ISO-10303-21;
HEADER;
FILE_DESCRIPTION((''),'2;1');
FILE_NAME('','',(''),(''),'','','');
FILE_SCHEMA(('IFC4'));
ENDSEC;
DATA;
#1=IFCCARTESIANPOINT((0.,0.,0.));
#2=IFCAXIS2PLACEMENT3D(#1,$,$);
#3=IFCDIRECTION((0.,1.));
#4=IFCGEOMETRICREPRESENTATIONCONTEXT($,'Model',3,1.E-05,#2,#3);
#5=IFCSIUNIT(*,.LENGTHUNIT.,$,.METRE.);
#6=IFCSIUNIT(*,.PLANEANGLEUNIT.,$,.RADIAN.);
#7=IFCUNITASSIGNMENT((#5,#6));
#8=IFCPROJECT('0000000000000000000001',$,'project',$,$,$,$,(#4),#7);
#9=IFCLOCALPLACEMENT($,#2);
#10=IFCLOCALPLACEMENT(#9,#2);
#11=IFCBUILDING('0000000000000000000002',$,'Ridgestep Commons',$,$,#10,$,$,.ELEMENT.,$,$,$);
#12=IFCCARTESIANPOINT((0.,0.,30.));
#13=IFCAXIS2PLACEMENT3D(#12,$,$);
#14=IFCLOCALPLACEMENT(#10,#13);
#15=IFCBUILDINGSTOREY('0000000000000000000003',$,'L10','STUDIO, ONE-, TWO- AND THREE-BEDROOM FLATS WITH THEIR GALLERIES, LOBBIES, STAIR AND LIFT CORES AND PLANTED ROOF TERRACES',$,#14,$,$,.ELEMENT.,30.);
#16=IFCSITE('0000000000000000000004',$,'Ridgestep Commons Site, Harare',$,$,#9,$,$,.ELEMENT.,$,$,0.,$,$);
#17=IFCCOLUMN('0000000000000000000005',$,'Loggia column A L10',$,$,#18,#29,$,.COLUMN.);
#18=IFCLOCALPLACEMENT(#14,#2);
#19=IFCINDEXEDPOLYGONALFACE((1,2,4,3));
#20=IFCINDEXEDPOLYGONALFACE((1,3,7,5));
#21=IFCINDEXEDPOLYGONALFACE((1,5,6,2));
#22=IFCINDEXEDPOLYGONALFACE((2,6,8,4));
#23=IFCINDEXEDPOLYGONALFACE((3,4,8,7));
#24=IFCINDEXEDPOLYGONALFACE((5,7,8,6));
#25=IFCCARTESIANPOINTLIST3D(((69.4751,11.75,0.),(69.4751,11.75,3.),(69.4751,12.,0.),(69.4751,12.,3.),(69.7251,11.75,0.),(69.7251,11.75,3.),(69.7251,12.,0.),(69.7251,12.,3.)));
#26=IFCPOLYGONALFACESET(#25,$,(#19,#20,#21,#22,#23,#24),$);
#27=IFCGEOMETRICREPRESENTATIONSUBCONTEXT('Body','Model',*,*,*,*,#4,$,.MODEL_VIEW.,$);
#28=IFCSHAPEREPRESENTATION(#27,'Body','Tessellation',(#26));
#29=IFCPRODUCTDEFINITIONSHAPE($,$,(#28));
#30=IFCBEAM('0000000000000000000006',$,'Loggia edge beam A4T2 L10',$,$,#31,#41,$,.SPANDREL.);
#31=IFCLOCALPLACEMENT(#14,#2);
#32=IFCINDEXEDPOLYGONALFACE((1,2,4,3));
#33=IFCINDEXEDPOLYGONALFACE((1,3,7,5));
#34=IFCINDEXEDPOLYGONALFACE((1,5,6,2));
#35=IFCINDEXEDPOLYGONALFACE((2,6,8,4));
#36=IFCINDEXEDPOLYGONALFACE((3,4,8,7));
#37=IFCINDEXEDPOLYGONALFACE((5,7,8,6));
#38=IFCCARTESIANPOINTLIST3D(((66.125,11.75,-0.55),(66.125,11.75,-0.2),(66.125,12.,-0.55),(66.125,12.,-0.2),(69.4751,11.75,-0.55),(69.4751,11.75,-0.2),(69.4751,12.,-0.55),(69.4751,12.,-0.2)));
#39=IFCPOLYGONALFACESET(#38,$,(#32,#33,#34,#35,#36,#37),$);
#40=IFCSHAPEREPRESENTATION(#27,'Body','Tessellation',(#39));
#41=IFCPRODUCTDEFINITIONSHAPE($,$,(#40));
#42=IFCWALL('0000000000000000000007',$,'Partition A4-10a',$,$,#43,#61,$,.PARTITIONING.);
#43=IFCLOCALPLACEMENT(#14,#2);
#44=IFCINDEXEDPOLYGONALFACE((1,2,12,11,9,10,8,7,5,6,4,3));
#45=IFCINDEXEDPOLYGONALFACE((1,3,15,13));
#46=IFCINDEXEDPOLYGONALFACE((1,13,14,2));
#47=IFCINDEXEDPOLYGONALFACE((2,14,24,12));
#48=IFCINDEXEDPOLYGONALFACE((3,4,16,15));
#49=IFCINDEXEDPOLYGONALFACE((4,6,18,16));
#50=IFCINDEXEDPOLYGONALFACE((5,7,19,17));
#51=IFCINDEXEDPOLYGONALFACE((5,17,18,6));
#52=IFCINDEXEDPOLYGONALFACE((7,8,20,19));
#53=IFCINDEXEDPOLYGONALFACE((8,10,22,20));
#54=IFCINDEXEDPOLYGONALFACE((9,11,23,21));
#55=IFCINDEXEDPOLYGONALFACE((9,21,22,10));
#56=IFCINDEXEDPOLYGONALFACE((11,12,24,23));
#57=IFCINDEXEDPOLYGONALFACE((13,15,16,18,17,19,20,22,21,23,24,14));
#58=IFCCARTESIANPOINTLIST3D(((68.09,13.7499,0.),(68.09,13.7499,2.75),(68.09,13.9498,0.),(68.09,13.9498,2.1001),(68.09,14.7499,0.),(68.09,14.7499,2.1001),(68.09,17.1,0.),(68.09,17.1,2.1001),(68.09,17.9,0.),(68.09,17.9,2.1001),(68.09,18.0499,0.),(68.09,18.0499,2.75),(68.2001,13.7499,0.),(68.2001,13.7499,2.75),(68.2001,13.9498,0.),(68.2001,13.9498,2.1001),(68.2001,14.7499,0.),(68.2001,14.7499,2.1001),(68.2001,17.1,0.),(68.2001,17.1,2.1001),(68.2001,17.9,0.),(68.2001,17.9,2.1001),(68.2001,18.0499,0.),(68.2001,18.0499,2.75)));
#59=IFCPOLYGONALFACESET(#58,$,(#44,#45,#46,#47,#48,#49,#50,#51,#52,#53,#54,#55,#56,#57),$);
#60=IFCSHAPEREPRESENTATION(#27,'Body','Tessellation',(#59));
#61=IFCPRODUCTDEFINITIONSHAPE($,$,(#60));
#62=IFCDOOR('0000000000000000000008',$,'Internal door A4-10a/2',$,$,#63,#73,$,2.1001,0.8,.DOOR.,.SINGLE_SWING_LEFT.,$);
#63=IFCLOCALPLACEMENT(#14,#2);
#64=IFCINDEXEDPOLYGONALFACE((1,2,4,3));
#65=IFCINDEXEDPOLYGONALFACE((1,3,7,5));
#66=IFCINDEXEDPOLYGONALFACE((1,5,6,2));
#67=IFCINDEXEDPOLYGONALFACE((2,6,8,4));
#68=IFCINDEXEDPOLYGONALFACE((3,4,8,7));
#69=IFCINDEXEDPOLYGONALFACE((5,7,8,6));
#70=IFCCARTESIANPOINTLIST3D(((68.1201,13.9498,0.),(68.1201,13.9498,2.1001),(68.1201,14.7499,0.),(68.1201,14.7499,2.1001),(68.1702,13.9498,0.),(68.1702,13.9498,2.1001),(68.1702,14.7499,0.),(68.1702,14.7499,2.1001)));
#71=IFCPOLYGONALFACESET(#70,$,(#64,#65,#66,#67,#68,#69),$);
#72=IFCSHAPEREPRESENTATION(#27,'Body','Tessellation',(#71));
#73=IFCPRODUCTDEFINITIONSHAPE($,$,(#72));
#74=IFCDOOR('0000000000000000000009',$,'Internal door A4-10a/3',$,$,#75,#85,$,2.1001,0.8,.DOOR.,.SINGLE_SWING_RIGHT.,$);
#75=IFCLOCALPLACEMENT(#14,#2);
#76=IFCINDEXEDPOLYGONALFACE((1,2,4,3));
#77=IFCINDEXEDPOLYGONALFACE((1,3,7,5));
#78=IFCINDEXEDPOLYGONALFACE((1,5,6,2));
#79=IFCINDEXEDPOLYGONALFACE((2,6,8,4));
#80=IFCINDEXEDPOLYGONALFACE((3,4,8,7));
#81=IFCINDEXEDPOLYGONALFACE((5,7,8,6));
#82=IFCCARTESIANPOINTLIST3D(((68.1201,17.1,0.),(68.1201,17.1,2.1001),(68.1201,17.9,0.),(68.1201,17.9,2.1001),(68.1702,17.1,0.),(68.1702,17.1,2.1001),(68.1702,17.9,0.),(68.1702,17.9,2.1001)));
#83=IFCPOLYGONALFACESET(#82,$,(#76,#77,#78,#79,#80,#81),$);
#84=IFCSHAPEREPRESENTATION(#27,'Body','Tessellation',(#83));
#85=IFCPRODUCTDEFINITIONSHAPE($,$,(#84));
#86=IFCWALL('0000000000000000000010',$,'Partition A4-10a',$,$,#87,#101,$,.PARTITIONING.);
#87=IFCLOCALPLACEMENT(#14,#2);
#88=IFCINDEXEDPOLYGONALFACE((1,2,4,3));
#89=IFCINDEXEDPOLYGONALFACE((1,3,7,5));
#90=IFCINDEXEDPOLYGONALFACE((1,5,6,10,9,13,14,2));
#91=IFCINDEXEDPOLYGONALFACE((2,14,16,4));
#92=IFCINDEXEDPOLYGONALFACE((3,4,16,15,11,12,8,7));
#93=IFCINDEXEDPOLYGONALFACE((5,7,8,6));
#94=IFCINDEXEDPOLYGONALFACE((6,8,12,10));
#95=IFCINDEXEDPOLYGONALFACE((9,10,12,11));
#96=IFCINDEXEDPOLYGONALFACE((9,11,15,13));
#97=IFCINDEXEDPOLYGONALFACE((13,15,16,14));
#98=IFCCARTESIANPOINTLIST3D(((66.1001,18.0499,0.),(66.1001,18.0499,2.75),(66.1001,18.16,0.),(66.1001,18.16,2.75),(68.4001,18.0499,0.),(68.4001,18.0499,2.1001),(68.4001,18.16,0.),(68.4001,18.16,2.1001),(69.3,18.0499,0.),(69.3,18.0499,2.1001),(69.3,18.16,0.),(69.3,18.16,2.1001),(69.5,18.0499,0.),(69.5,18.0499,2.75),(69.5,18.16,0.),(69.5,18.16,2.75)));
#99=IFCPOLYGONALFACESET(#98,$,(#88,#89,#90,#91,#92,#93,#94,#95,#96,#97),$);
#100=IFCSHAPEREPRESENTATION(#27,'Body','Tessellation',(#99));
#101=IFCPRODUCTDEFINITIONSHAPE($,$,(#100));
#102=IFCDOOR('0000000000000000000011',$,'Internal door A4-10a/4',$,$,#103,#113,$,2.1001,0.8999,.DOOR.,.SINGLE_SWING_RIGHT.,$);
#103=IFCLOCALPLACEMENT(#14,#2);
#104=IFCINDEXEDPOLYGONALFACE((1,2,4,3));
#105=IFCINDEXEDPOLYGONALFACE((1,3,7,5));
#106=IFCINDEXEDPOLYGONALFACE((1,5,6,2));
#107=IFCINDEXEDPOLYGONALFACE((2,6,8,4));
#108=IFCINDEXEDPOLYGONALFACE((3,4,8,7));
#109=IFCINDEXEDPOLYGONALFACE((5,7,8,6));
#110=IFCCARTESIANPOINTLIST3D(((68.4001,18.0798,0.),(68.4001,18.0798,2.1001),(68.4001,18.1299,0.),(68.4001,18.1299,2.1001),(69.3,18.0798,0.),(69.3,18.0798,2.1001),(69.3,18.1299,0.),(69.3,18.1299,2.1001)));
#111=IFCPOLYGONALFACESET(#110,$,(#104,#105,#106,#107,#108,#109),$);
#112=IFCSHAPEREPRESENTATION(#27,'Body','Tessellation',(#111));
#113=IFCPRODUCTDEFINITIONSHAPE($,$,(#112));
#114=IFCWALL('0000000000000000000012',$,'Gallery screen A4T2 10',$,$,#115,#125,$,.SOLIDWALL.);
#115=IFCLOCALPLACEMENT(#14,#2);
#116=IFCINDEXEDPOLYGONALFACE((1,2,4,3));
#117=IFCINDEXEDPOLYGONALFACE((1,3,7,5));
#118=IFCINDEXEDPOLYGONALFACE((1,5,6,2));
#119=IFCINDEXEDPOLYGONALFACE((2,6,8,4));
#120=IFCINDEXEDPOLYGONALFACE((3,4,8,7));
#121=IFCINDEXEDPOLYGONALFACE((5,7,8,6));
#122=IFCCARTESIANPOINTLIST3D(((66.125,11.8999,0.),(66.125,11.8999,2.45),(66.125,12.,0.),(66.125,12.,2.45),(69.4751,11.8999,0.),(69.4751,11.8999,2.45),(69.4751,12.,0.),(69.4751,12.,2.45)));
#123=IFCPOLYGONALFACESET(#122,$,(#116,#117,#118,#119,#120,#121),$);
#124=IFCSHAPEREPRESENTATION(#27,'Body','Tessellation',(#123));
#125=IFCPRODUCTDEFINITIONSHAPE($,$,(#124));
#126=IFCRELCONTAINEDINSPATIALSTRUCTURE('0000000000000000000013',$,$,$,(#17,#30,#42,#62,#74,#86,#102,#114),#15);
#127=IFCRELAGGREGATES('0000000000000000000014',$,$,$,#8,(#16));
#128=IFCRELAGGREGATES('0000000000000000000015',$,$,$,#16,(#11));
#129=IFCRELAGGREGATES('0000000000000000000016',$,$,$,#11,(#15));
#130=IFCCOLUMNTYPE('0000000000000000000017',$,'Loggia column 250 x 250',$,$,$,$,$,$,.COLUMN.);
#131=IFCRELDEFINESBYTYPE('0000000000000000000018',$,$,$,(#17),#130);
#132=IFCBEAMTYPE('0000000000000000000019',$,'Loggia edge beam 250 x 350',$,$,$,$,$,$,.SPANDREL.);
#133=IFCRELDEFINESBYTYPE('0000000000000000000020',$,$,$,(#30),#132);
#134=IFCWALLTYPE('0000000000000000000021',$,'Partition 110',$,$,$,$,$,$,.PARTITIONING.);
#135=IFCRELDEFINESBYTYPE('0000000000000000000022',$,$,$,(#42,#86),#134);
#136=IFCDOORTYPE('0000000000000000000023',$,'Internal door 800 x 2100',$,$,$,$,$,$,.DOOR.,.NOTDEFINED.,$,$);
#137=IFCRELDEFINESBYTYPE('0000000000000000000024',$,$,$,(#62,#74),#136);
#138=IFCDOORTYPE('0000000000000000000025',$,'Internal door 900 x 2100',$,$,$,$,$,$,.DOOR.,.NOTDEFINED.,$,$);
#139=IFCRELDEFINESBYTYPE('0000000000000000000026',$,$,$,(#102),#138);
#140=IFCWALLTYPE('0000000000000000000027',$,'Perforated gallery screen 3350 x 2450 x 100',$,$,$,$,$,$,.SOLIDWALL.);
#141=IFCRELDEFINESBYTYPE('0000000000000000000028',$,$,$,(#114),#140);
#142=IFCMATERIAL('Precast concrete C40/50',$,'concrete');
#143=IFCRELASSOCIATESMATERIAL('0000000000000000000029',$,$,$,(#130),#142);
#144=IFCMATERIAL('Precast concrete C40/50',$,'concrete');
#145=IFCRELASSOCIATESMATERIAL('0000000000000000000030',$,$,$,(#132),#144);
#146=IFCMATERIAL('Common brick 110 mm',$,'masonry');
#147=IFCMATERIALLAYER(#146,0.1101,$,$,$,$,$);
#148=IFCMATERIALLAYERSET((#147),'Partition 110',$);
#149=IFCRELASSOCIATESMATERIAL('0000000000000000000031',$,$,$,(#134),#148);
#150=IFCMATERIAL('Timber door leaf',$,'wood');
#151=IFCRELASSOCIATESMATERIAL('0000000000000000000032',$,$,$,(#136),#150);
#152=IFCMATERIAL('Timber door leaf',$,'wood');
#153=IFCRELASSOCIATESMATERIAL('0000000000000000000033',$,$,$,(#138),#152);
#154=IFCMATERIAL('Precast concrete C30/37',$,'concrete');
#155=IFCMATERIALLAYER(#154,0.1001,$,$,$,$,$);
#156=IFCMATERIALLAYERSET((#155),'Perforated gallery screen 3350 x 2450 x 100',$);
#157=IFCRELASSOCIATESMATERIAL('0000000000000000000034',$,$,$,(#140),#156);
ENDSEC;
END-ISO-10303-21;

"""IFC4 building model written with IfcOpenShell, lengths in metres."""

from ifc_helpers import new_model, si_unit, direction, frame, frame_2d, origin, origin_2d, place, context, subcontext, project, spatial, rectangle, extrude, material, layer, layer_set, material_profile, profile_set, type_object, element, fill, save


model = new_model("IFC4")

# Units and contexts
model_context = context("Model", 3, precision=1e-05, world=origin(), true_north=direction((0.0, 1.0)))
body_context = subcontext(model_context, "Body", "Model", "MODEL_VIEW")
ifc_project = project(units=[si_unit("LENGTHUNIT", "METRE"), si_unit("PLANEANGLEUNIT", "RADIAN")], contexts=[model_context])

# Site, building, storey
site_placement = place(None, origin())
site = spatial("IfcSite", under=ifc_project, at=site_placement, Name="Ridgestep Commons Site, Harare", CompositionType="ELEMENT", RefElevation=0.0)
building_placement = place(site_placement, origin())
building = spatial("IfcBuilding", under=site, at=building_placement, Name="Ridgestep Commons", CompositionType="ELEMENT")
storey_placement = place(building_placement, frame((0.0, 0.0, 30.0)))
storey = spatial("IfcBuildingStorey", under=building, at=storey_placement, Name="L10", Description="STUDIO, ONE-, TWO- AND THREE-BEDROOM FLATS WITH THEIR GALLERIES, LOBBIES, STAIR AND LIFT CORES AND PLANTED ROOF TERRACES", CompositionType="ELEMENT", Elevation=30.0)

# Column
ifc_material_1 = material(Name="Precast concrete C40/50", Category="concrete")
ifc_material_profile_1 = material_profile(ifc_material_1, rectangle(XDim=0.25, YDim=0.25, at=origin_2d()), Name="PC 250x250")
ifc_profile_set_1 = profile_set([ifc_material_profile_1], Name="Precast concrete C40/50")
column_type = type_object("IfcColumnType", Name="Loggia column 250 x 250", PredefinedType="COLUMN", material=ifc_profile_set_1)
column_placement = place(storey_placement, frame((69.6001, 11.875, 0.0), z_axis=(0.0, 0.0, 1.0), x_axis=(1.0, 0.0, 0.0)))
element("IfcColumn", 1, at=column_placement, inside=storey, type_object=column_type, Name="Loggia column A L10", PredefinedType="COLUMN", context=body_context, shape_type="SweptSolid", body=[
    extrude(rectangle(XDim=0.25, YDim=0.25, at=origin_2d()), origin(), (0.0, 0.0, 1.0), 3.0),
])

# Beam
ifc_material_2 = material(Name="Precast concrete C40/50", Category="concrete")
ifc_material_profile_2 = material_profile(ifc_material_2, rectangle(XDim=0.25, YDim=0.3501, at=origin_2d()), Name="PC 250x350")
ifc_profile_set_2 = profile_set([ifc_material_profile_2], Name="Precast concrete C40/50")
beam_type = type_object("IfcBeamType", Name="Loggia edge beam 250 x 350", PredefinedType="SPANDREL", material=ifc_profile_set_2)
beam_placement = place(storey_placement, frame((66.125, 11.875, -0.375), z_axis=(1.0, 0.0, 0.0), x_axis=(0.0, 1.0, 0.0)))
element("IfcBeam", 2, at=beam_placement, inside=storey, type_object=beam_type, Name="Loggia edge beam A4T2 L10", PredefinedType="SPANDREL", context=body_context, shape_type="SweptSolid", body=[
    extrude(rectangle(XDim=0.25, YDim=0.3501, at=origin_2d()), origin(), (0.0, 0.0, 1.0), 3.3501),
])

# Wall, openings, doors
ifc_material_3 = material(Name="Common brick 110 mm", Category="masonry")
ifc_layer_1 = layer(ifc_material_3, 0.1101)
ifc_layer_set_1 = layer_set([ifc_layer_1], Name="Partition 110")
wall_type_1 = type_object("IfcWallType", Name="Partition 110", PredefinedType="PARTITIONING", material=ifc_layer_set_1)
wall_1_placement = place(storey_placement, frame((68.145, 13.75, 0.0), z_axis=(0.0, 0.0, 1.0), x_axis=(0.0, 1.0, 0.0)))
wall_1 = element("IfcWall", 3, at=wall_1_placement, inside=storey, type_object=wall_type_1, Name="Partition A4-10a", PredefinedType="PARTITIONING", context=body_context, shape_type="SweptSolid", body=[
    extrude(rectangle(XDim=4.3, YDim=0.1101, at=frame_2d((2.1499, 0.0))), origin(), (0.0, 0.0, 1.0), 2.75),
])
opening_1_placement = place(wall_1_placement, frame((0.2, 0.0, 0.0)))
opening_1 = element("IfcOpeningElement", 4, at=opening_1_placement, cuts=wall_1, PredefinedType="OPENING", context=body_context, shape_type="SweptSolid", body=[
    extrude(rectangle(XDim=0.8, YDim=2.1001, at=frame_2d((0.3999, 1.05))), frame((0.0, 0.0649, 0.0), z_axis=(0.0, -1.0, 0.0), x_axis=(1.0, 0.0, 0.0)), (0.0, 0.0, 1.0), 0.1301),
])
opening_2_placement = place(wall_1_placement, frame((3.3501, 0.0, 0.0)))
opening_2 = element("IfcOpeningElement", 5, at=opening_2_placement, cuts=wall_1, PredefinedType="OPENING", context=body_context, shape_type="SweptSolid", body=[
    extrude(rectangle(XDim=0.8, YDim=2.1001, at=frame_2d((0.3999, 1.05))), frame((0.0, 0.0649, 0.0), z_axis=(0.0, -1.0, 0.0), x_axis=(1.0, 0.0, 0.0)), (0.0, 0.0, 1.0), 0.1301),
])
ifc_material_4 = material(Name="Timber door leaf", Category="wood")
door_type_1 = type_object("IfcDoorType", Name="Internal door 800 x 2100", OperationType="NOTDEFINED", PredefinedType="DOOR", material=ifc_material_4)
door_1_placement = place(opening_1_placement, origin())
door_1 = element("IfcDoor", 6, at=door_1_placement, inside=storey, type_object=door_type_1, Name="Internal door A4-10a/2", OperationType="SINGLE_SWING_LEFT", OverallHeight=2.1001, OverallWidth=0.8, PredefinedType="DOOR", context=body_context, shape_type="SweptSolid", body=[
    extrude(rectangle(XDim=0.8, YDim=2.1001, at=frame_2d((0.3999, 1.05))), frame((0.0, 0.0249, 0.0), z_axis=(0.0, -1.0, 0.0), x_axis=(1.0, 0.0, 0.0)), (0.0, 0.0, 1.0), 0.05),
])
fill(opening_1, door_1)
door_2_placement = place(opening_2_placement, origin())
door_2 = element("IfcDoor", 7, at=door_2_placement, inside=storey, type_object=door_type_1, Name="Internal door A4-10a/3", OperationType="SINGLE_SWING_RIGHT", OverallHeight=2.1001, OverallWidth=0.8, PredefinedType="DOOR", context=body_context, shape_type="SweptSolid", body=[
    extrude(rectangle(XDim=0.8, YDim=2.1001, at=frame_2d((0.3999, 1.05))), frame((0.0, 0.0249, 0.0), z_axis=(0.0, -1.0, 0.0), x_axis=(1.0, 0.0, 0.0)), (0.0, 0.0, 1.0), 0.05),
])
fill(opening_2, door_2)

# Wall, opening, door
wall_2_placement = place(storey_placement, frame((66.1001, 18.105, 0.0), z_axis=(0.0, 0.0, 1.0), x_axis=(1.0, 0.0, 0.0)))
wall_2 = element("IfcWall", 8, at=wall_2_placement, inside=storey, type_object=wall_type_1, Name="Partition A4-10a", PredefinedType="PARTITIONING", context=body_context, shape_type="SweptSolid", body=[
    extrude(rectangle(XDim=3.3999, YDim=0.1101, at=frame_2d((1.7, 0.0))), origin(), (0.0, 0.0, 1.0), 2.75),
])
opening_3_placement = place(wall_2_placement, frame((2.3, 0.0, 0.0)))
opening_3 = element("IfcOpeningElement", 9, at=opening_3_placement, cuts=wall_2, PredefinedType="OPENING", context=body_context, shape_type="SweptSolid", body=[
    extrude(rectangle(XDim=0.8999, YDim=2.1001, at=frame_2d((0.45, 1.05))), frame((0.0, 0.0649, 0.0), z_axis=(0.0, -1.0, 0.0), x_axis=(1.0, 0.0, 0.0)), (0.0, 0.0, 1.0), 0.1301),
])
ifc_material_5 = material(Name="Timber door leaf", Category="wood")
door_type_2 = type_object("IfcDoorType", Name="Internal door 900 x 2100", OperationType="NOTDEFINED", PredefinedType="DOOR", material=ifc_material_5)
door_3_placement = place(opening_3_placement, origin())
door_3 = element("IfcDoor", 10, at=door_3_placement, inside=storey, type_object=door_type_2, Name="Internal door A4-10a/4", OperationType="SINGLE_SWING_RIGHT", OverallHeight=2.1001, OverallWidth=0.8999, PredefinedType="DOOR", context=body_context, shape_type="SweptSolid", body=[
    extrude(rectangle(XDim=0.8999, YDim=2.1001, at=frame_2d((0.45, 1.05))), frame((0.0, 0.0249, 0.0), z_axis=(0.0, -1.0, 0.0), x_axis=(1.0, 0.0, 0.0)), (0.0, 0.0, 1.0), 0.05),
])
fill(opening_3, door_3)

# Wall
ifc_material_6 = material(Name="Precast concrete C30/37", Category="concrete")
ifc_layer_2 = layer(ifc_material_6, 0.1001)
ifc_layer_set_2 = layer_set([ifc_layer_2], Name="Perforated gallery screen 3350 x 2450 x 100")
wall_type_2 = type_object("IfcWallType", Name="Perforated gallery screen 3350 x 2450 x 100", PredefinedType="SOLIDWALL", material=ifc_layer_set_2)
wall_3_placement = place(storey_placement, frame((66.125, 11.95, 0.0), z_axis=(0.0, 0.0, 1.0), x_axis=(1.0, 0.0, 0.0)))
element("IfcWall", 11, at=wall_3_placement, inside=storey, type_object=wall_type_2, Name="Gallery screen A4T2 10", PredefinedType="SOLIDWALL", context=body_context, shape_type="SweptSolid", body=[
    extrude(rectangle(XDim=3.3501, YDim=0.1001, at=frame_2d((1.675, 0.0))), origin(), (0.0, 0.0, 1.0), 2.45),
])

save(model, "model.ifc")
